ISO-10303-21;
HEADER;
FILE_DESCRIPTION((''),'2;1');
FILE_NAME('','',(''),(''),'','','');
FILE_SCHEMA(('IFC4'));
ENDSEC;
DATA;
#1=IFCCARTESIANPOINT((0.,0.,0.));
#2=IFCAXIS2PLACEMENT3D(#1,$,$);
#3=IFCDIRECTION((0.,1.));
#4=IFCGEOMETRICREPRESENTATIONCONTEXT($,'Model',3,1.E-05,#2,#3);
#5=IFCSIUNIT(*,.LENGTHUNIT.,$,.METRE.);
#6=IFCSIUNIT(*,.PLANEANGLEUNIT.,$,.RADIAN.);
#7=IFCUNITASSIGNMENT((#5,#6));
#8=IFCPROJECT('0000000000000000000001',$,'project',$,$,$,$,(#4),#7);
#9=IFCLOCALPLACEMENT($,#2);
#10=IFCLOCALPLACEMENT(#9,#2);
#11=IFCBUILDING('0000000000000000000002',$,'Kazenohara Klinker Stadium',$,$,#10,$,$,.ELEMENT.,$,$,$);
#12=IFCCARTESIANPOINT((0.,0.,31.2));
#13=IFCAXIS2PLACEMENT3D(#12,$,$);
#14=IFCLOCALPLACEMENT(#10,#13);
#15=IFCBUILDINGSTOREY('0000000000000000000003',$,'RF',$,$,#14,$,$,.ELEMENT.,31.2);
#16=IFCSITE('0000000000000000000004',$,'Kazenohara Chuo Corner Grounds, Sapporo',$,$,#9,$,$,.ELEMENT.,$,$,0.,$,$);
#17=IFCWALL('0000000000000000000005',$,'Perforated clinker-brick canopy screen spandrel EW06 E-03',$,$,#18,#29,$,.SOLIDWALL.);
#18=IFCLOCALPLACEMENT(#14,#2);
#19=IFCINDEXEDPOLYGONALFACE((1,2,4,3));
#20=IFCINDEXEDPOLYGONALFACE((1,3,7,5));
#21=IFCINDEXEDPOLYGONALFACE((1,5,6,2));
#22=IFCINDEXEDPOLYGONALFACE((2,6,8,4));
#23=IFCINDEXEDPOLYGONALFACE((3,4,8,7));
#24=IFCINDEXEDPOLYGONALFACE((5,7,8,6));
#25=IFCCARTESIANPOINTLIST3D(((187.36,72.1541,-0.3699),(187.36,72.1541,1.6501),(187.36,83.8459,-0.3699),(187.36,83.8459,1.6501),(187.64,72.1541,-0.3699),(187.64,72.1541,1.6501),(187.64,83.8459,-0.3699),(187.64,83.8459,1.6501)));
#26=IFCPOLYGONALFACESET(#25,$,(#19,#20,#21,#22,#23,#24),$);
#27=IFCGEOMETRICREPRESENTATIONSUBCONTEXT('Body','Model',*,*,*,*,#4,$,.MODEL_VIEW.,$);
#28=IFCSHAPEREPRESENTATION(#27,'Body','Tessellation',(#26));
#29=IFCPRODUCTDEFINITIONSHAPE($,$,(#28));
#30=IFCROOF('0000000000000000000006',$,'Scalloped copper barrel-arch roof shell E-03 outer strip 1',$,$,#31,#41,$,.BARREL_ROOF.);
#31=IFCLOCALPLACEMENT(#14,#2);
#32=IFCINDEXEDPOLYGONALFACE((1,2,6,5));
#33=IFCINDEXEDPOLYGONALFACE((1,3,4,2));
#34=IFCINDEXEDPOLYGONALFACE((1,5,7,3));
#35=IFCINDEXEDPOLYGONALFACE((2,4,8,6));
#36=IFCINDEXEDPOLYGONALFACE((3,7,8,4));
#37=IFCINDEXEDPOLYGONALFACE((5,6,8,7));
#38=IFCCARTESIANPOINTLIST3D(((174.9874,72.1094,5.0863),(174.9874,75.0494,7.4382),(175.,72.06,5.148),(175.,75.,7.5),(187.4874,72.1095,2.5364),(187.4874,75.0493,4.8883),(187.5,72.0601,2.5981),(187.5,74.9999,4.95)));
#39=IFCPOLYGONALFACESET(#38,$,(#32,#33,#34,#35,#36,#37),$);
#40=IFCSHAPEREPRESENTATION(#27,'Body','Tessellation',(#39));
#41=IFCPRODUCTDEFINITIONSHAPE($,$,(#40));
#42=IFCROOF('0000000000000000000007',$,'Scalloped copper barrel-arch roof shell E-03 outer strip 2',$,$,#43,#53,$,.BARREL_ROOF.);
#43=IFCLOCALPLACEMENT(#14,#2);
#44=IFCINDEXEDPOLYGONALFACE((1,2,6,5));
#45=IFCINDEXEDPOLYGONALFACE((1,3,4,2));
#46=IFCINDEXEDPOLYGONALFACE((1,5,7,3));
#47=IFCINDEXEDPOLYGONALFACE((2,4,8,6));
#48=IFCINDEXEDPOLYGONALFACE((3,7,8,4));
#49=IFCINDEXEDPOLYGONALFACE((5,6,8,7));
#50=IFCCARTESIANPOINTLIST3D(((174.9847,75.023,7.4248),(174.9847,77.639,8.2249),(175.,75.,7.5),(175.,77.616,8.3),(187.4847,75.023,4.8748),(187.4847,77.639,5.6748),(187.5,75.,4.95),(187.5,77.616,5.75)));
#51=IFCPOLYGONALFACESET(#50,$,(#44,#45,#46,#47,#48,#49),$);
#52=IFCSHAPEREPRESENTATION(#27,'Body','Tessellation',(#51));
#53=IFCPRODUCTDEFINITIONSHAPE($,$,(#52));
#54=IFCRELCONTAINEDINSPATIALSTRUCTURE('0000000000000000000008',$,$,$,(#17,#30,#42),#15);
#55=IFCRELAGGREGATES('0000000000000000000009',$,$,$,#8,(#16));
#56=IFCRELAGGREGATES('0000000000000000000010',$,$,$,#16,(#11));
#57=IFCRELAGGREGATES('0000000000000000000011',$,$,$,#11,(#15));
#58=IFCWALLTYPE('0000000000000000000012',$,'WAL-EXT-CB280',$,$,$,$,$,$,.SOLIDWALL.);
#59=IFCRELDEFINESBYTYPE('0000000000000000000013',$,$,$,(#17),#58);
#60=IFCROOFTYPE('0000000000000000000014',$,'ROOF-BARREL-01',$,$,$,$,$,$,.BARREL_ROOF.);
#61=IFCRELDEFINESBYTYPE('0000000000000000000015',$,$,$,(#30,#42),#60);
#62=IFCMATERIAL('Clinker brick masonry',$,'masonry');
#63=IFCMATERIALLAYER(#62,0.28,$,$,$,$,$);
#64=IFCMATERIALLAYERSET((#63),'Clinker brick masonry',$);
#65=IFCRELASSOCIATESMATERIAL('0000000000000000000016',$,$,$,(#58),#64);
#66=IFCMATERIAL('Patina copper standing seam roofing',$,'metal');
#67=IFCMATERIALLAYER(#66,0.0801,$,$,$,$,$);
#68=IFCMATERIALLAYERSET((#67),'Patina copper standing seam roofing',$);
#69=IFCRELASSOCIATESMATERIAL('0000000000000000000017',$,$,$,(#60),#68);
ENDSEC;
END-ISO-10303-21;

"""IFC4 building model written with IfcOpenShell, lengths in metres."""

from ifc_helpers import new_model, si_unit, direction, frame, frame_2d, origin, place, context, subcontext, project, spatial, polyline, rectangle, outline, extrude, material, layer, layer_set, type_object, element, save


model = new_model("IFC4")

# Units and contexts
model_context = context("Model", 3, precision=1e-05, world=origin(), true_north=direction((0.0, 1.0)))
body_context = subcontext(model_context, "Body", "Model", "MODEL_VIEW")
ifc_project = project(units=[si_unit("LENGTHUNIT", "METRE"), si_unit("PLANEANGLEUNIT", "RADIAN")], contexts=[model_context])

# Site, building, storey
site_placement = place(None, origin())
site = spatial("IfcSite", under=ifc_project, at=site_placement, Name="Kazenohara Chuo Corner Grounds, Sapporo", CompositionType="ELEMENT", RefElevation=0.0)
building_placement = place(site_placement, origin())
building = spatial("IfcBuilding", under=site, at=building_placement, Name="Kazenohara Klinker Stadium", CompositionType="ELEMENT")
storey_placement = place(building_placement, frame((0.0, 0.0, 31.2)))
storey = spatial("IfcBuildingStorey", under=building, at=storey_placement, Name="RF", CompositionType="ELEMENT", Elevation=31.2)

# Wall
ifc_material_1 = material(Name="Clinker brick masonry", Category="masonry")
ifc_layer_1 = layer(ifc_material_1, 0.28)
ifc_layer_set_1 = layer_set([ifc_layer_1], Name="Clinker brick masonry")
wall_type = type_object("IfcWallType", Name="WAL-EXT-CB280", PredefinedType="SOLIDWALL", material=ifc_layer_set_1)
wall_placement = place(storey_placement, frame((187.5, 72.1541, -0.3699), z_axis=(0.0, 0.0, 1.0), x_axis=(0.0, 1.0, 0.0)))
element("IfcWall", 1, at=wall_placement, inside=storey, type_object=wall_type, Name="Perforated clinker-brick canopy screen spandrel EW06 E-03", PredefinedType="SOLIDWALL", context=body_context, shape_type="SweptSolid", body=[
    extrude(rectangle(XDim=11.6919, YDim=0.28, at=frame_2d((5.8459, 0.0))), origin(), (0.0, 0.0, 1.0), 2.02),
])

# Roofs
ifc_material_2 = material(Name="Patina copper standing seam roofing", Category="metal")
ifc_layer_2 = layer(ifc_material_2, 0.0801)
ifc_layer_set_2 = layer_set([ifc_layer_2], Name="Patina copper standing seam roofing")
roof_type = type_object("IfcRoofType", Name="ROOF-BARREL-01", PredefinedType="BARREL_ROOF", material=ifc_layer_set_2)
roof_1_placement = place(storey_placement, frame((187.5, 72.0601, 2.5981), z_axis=(0.15731, -0.616913, 0.77115), x_axis=(-0.979822, -0.000005, 0.199874)))
element("IfcRoof", 2, at=roof_1_placement, inside=storey, type_object=roof_type, Name="Scalloped copper barrel-arch roof shell E-03 outer strip 1", PredefinedType="BARREL_ROOF", context=body_context, shape_type="SweptSolid", body=[
    extrude(outline(polyline([(0.0, 0.0), (12.7574, 0.0), (13.2275, -3.7356), (0.4701, -3.7354), (0.0, 0.0)])), origin(), (0.0, 0.0, -1.0), 0.0801),
])
roof_2_placement = place(storey_placement, frame((187.5, 75.0, 4.95), z_axis=(0.191475, -0.28705, 0.938584), x_axis=(-0.979819, 0.0, 0.199887)))
element("IfcRoof", 3, at=roof_2_placement, inside=storey, type_object=roof_type, Name="Scalloped copper barrel-arch roof shell E-03 outer strip 2", PredefinedType="BARREL_ROOF", context=body_context, shape_type="SweptSolid", body=[
    extrude(outline(polyline([(0.0, 0.0), (12.7575, 0.0), (12.9174, -2.7309), (0.1599, -2.7309), (0.0, 0.0)])), origin(), (0.0, 0.0, -1.0), 0.0801),
])

save(model, "model.ifc")
